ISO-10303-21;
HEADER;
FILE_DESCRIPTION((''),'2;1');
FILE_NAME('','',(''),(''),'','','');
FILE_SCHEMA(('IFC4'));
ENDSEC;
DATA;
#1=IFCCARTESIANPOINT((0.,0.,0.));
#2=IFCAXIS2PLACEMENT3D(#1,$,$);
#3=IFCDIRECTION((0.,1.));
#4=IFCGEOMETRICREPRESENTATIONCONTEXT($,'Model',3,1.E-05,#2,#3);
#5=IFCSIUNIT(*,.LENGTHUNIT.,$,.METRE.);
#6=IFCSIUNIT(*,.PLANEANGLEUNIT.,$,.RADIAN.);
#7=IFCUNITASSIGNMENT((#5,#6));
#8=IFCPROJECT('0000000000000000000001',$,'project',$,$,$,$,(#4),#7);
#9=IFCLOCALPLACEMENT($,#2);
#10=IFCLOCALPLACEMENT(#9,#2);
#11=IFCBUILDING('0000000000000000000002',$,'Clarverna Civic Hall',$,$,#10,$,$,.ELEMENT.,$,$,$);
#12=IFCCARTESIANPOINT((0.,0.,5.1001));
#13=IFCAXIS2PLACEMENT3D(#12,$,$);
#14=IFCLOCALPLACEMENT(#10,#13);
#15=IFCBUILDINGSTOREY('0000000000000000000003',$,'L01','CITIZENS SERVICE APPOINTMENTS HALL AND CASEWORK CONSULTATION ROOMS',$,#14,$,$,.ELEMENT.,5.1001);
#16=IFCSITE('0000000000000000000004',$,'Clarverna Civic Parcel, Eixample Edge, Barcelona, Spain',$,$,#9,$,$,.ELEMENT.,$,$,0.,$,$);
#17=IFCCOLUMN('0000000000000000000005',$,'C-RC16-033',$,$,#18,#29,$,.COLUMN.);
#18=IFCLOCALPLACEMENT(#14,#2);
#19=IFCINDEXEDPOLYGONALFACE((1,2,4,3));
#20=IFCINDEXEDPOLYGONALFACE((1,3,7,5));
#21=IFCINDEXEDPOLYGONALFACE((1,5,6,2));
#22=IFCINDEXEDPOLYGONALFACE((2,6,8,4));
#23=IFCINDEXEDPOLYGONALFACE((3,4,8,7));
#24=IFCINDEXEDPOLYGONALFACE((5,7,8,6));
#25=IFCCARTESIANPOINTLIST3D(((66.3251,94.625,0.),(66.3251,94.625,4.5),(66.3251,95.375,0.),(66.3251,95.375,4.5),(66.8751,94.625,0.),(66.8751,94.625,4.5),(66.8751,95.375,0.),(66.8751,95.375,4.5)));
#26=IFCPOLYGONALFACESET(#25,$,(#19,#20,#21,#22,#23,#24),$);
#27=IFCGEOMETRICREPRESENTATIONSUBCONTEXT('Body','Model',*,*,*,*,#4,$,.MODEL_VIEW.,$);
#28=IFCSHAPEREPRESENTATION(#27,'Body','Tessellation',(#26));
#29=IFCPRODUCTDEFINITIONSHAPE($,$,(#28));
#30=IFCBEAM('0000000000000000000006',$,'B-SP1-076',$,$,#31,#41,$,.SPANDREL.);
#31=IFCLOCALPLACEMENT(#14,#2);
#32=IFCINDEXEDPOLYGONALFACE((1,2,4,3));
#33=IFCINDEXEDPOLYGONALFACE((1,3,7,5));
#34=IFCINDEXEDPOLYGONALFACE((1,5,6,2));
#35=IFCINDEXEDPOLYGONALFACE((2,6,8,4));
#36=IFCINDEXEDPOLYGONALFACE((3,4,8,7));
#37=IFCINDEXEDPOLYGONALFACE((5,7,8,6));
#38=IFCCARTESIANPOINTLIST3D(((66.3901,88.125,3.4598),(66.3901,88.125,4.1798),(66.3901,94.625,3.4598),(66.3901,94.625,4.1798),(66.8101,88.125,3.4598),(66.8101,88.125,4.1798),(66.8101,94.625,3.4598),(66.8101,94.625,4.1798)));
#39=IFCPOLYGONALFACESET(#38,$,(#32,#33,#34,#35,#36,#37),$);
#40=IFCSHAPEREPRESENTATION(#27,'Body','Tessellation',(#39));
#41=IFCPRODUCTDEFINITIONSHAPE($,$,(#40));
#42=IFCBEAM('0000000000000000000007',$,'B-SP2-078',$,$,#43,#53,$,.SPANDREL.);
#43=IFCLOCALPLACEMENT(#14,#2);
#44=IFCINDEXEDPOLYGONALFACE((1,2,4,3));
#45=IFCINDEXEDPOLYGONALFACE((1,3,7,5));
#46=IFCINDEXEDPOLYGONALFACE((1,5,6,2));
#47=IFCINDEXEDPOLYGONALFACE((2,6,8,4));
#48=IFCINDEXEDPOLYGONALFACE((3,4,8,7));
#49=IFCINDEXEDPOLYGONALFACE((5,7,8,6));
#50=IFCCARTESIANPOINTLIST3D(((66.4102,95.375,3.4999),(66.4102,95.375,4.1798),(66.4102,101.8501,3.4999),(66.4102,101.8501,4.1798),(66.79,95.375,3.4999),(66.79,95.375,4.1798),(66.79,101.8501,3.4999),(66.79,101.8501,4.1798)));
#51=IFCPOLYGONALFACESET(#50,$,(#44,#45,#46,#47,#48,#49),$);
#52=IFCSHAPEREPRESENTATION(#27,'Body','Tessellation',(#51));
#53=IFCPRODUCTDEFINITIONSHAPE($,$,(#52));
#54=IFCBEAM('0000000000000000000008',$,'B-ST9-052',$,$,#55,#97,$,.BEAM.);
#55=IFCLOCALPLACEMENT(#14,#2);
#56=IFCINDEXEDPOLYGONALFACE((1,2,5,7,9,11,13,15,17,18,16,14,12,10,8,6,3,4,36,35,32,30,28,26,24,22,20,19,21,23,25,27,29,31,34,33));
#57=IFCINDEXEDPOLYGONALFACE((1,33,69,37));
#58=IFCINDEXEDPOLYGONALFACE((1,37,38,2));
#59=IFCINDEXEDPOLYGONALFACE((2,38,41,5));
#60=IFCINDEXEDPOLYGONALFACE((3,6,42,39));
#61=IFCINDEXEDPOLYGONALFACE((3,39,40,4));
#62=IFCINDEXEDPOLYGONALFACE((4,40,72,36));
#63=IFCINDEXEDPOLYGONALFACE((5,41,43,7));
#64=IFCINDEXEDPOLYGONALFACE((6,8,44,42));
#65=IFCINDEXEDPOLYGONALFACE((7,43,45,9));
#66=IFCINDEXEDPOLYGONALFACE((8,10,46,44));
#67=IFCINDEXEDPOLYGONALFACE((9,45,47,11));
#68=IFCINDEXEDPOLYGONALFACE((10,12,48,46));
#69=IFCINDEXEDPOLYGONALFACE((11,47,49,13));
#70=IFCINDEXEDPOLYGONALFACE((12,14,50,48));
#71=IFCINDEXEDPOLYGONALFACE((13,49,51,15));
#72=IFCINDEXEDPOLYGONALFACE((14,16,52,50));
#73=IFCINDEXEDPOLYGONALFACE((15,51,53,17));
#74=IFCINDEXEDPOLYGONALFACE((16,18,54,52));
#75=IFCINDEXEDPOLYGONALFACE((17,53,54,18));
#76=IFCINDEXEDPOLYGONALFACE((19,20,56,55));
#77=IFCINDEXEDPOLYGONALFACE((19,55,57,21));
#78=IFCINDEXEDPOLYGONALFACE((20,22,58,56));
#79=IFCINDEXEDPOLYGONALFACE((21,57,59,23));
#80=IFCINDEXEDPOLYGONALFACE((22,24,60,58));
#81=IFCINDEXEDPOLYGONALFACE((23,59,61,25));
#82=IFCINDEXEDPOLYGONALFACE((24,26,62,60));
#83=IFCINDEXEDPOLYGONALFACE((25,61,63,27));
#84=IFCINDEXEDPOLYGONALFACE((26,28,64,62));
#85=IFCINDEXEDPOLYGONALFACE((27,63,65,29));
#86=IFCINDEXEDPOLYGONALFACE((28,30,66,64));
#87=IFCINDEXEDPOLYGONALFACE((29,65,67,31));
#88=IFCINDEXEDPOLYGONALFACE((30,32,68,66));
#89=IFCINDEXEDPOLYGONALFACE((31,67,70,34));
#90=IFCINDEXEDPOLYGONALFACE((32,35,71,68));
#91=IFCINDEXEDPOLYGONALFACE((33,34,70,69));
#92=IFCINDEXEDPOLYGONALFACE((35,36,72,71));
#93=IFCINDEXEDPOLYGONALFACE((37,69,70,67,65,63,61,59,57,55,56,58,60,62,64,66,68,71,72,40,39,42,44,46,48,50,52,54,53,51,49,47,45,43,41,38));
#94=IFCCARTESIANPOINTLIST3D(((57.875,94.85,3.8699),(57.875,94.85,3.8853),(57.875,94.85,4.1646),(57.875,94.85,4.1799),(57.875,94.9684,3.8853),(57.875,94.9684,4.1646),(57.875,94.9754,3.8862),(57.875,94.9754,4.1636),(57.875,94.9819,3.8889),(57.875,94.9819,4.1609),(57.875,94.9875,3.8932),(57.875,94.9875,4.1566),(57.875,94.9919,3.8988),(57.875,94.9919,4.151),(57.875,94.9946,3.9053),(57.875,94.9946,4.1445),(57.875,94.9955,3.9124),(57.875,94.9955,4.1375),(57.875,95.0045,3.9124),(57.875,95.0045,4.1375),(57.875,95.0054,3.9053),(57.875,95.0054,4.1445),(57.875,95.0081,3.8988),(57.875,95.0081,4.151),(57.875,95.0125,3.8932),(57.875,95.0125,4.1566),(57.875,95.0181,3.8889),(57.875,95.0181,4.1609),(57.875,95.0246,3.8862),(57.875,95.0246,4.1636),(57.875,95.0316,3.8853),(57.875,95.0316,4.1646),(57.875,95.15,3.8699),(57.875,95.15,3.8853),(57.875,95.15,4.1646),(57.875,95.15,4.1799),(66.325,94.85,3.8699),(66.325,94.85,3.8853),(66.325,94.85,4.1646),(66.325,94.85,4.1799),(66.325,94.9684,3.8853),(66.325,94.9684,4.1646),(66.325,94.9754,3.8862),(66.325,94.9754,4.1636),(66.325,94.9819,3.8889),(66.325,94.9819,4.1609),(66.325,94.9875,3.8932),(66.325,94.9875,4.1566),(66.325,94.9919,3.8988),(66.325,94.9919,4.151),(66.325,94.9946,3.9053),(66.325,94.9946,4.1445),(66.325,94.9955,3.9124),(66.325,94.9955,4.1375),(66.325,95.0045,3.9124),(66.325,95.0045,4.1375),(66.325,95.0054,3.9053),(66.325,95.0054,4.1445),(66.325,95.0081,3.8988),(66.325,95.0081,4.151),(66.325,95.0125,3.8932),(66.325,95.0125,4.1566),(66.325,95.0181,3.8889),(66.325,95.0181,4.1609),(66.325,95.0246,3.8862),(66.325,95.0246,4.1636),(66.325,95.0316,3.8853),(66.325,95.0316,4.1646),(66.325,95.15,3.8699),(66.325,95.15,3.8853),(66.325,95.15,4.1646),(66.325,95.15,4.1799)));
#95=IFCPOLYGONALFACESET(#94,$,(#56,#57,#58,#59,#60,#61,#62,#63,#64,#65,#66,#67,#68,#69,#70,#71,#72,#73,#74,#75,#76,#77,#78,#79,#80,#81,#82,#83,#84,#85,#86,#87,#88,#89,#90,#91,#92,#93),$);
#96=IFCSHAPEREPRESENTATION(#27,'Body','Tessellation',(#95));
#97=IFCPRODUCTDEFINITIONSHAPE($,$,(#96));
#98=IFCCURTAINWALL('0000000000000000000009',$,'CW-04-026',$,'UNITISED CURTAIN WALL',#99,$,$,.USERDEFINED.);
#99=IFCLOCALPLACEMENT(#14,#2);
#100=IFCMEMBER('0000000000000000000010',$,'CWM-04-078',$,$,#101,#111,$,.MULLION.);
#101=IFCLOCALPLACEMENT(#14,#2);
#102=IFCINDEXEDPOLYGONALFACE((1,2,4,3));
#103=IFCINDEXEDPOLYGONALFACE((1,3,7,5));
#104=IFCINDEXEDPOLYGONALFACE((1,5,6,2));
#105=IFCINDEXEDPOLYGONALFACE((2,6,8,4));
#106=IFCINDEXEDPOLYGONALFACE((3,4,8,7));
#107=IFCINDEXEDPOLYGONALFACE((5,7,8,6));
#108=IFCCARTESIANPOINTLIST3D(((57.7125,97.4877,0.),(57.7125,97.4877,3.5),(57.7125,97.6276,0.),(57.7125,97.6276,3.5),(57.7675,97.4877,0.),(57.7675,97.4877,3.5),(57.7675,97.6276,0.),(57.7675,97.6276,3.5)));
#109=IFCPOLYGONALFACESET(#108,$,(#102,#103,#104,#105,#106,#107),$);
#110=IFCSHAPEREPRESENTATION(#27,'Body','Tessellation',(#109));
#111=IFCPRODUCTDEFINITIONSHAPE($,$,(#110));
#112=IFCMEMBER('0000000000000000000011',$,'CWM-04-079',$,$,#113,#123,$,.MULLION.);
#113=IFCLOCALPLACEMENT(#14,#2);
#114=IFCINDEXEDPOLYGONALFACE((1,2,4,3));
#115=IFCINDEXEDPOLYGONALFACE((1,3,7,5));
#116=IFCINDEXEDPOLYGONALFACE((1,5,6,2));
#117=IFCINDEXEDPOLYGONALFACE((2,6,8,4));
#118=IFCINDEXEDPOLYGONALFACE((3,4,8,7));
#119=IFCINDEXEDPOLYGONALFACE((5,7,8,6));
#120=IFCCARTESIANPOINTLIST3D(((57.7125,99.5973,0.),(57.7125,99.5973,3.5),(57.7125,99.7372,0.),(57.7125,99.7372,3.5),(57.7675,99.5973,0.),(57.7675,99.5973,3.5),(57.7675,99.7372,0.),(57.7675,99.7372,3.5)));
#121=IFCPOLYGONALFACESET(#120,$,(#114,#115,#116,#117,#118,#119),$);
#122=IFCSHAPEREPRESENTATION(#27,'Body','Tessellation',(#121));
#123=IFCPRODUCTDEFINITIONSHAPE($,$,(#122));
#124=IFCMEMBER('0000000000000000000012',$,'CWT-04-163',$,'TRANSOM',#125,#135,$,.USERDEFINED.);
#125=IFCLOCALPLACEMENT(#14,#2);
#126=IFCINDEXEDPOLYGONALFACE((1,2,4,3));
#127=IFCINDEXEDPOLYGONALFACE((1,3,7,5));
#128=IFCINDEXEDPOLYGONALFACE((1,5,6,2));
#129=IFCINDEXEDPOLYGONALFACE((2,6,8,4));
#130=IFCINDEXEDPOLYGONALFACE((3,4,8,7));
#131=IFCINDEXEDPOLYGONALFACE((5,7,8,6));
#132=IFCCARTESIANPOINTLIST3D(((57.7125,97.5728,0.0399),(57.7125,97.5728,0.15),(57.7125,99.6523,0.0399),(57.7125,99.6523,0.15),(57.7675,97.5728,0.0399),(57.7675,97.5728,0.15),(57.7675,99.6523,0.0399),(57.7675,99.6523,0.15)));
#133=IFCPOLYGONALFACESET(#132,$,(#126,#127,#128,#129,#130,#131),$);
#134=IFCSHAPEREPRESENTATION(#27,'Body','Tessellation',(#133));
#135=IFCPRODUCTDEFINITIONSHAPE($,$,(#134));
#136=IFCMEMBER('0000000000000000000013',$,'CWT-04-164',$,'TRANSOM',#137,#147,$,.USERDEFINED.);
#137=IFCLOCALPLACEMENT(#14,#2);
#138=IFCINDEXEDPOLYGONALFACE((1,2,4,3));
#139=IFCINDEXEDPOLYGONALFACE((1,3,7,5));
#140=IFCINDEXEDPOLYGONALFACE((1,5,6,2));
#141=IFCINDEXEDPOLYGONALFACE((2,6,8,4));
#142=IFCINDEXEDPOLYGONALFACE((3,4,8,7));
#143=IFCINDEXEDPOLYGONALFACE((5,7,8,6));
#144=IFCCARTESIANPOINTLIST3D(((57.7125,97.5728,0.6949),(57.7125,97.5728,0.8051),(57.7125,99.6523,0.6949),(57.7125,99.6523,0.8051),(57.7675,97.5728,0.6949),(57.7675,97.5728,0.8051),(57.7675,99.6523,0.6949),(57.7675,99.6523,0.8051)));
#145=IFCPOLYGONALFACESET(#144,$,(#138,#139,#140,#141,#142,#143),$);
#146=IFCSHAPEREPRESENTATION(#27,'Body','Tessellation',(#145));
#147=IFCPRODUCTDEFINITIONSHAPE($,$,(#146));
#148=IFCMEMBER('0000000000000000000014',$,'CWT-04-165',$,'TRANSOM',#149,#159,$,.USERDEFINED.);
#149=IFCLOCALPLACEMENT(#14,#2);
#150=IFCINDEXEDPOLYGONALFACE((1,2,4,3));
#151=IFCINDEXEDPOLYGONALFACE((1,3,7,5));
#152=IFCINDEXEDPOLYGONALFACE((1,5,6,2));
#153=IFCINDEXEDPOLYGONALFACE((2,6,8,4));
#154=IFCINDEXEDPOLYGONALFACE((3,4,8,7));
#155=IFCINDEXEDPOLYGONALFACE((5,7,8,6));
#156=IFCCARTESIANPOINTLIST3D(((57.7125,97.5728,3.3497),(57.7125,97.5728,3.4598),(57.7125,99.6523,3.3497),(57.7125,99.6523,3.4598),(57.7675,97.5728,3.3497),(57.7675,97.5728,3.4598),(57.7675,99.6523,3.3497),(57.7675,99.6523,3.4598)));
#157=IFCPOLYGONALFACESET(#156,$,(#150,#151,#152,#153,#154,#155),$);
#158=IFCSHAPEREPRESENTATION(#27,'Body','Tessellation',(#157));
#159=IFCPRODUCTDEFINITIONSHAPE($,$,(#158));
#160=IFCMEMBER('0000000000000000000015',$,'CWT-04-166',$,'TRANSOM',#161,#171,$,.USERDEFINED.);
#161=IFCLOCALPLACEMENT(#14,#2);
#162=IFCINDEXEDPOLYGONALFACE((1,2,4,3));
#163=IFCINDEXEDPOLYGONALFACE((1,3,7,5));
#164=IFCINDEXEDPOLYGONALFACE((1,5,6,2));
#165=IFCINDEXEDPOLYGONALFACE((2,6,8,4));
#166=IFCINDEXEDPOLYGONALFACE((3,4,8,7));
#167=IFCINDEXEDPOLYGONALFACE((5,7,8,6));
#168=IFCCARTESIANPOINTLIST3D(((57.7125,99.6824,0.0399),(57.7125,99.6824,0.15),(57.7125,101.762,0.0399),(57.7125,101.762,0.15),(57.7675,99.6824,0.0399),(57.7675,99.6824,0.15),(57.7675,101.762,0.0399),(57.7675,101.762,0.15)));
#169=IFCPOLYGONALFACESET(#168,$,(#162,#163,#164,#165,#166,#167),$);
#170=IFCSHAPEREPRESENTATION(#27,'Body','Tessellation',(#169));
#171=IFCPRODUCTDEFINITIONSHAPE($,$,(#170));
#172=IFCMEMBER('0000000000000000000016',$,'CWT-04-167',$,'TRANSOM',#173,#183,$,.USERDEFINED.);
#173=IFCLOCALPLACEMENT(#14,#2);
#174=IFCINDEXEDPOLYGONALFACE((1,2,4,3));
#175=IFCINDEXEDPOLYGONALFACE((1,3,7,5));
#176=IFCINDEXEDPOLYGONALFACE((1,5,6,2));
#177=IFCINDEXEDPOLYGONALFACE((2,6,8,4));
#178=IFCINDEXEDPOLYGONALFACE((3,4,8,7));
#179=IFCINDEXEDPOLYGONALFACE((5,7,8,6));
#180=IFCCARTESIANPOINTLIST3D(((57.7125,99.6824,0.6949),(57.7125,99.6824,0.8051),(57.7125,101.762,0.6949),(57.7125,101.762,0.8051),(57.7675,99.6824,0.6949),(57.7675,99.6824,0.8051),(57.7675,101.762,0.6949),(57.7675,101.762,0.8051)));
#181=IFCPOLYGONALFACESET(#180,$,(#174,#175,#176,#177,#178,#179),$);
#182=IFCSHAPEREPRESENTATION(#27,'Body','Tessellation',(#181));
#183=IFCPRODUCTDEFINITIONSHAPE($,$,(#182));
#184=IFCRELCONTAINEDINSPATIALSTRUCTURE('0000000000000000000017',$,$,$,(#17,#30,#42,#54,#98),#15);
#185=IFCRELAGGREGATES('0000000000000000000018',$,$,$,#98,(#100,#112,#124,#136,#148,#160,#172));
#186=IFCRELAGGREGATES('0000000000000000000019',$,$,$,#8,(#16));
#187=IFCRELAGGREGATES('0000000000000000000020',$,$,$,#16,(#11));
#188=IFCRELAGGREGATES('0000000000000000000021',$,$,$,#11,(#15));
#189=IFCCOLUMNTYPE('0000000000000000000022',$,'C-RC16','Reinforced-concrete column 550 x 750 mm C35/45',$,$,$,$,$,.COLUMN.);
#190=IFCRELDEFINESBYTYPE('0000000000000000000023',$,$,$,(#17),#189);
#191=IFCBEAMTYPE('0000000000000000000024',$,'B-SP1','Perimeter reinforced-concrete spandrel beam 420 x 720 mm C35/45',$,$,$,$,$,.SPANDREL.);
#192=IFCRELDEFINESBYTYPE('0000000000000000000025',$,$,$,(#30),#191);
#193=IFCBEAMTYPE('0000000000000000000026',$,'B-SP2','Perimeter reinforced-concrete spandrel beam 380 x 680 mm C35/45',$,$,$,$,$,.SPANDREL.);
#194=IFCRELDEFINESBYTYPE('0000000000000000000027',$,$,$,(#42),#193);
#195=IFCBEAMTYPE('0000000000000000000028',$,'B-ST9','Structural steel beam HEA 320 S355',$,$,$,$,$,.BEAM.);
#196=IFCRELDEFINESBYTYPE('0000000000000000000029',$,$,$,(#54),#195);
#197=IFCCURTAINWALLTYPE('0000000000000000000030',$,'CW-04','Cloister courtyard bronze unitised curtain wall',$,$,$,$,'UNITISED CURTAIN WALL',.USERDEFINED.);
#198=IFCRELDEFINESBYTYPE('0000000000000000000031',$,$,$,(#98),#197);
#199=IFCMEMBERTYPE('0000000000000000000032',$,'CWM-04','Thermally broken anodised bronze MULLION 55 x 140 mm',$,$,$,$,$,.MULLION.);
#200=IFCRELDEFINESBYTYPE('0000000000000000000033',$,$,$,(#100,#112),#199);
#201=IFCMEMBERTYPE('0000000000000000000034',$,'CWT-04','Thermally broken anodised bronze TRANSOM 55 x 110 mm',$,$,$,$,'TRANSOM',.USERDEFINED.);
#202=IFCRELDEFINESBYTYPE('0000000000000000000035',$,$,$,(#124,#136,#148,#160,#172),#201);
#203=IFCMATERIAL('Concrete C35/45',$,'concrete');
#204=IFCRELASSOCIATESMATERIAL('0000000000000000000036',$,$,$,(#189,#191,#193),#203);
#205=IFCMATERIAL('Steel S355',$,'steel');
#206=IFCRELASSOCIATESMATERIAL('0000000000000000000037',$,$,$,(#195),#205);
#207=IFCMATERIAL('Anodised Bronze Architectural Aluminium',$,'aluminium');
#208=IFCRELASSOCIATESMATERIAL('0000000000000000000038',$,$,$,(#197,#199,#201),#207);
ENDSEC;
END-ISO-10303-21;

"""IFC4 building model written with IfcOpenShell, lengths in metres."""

from ifc_helpers import new_model, si_unit, direction, frame, origin, origin_2d, place, context, subcontext, project, spatial, rectangle, i_section, extrude, material, material_profile, profile_set, type_object, element, aggregate, save


model = new_model("IFC4")

# Units and contexts
model_context = context("Model", 3, precision=1e-05, world=origin(), true_north=direction((0.0, 1.0)))
body_context = subcontext(model_context, "Body", "Model", "MODEL_VIEW")
ifc_project = project(units=[si_unit("LENGTHUNIT", "METRE"), si_unit("PLANEANGLEUNIT", "RADIAN")], contexts=[model_context])

# Site, building, storey
site_placement = place(None, origin())
site = spatial("IfcSite", under=ifc_project, at=site_placement, Name="Clarverna Civic Parcel, Eixample Edge, Barcelona, Spain", CompositionType="ELEMENT", RefElevation=0.0)
building_placement = place(site_placement, origin())
building = spatial("IfcBuilding", under=site, at=building_placement, Name="Clarverna Civic Hall", CompositionType="ELEMENT")
storey_placement = place(building_placement, frame((0.0, 0.0, 5.1001)))
storey = spatial("IfcBuildingStorey", under=building, at=storey_placement, Name="L01", Description="CITIZENS SERVICE APPOINTMENTS HALL AND CASEWORK CONSULTATION ROOMS", CompositionType="ELEMENT", Elevation=5.1001)

# Column
ifc_material_1 = material(Name="Concrete C35/45", Category="concrete")
ifc_material_profile_1 = material_profile(ifc_material_1, rectangle(XDim=0.55, YDim=0.75, at=origin_2d()), Name="RC 550x750")
ifc_profile_set_1 = profile_set([ifc_material_profile_1], Name="Concrete C35/45")
column_type = type_object("IfcColumnType", Name="C-RC16", Description="Reinforced-concrete column 550 x 750 mm C35/45", PredefinedType="COLUMN", material=ifc_profile_set_1)
column_placement = place(storey_placement, frame((66.6001, 95.0, 0.0), z_axis=(0.0, 0.0, 1.0), x_axis=(1.0, 0.0, 0.0)))
element("IfcColumn", 1, at=column_placement, inside=storey, type_object=column_type, Name="C-RC16-033", PredefinedType="COLUMN", context=body_context, shape_type="SweptSolid", body=[
    extrude(rectangle(XDim=0.55, YDim=0.75, at=origin_2d()), origin(), (0.0, 0.0, 1.0), 4.5),
])

# Beams
ifc_material_profile_2 = material_profile(ifc_material_1, rectangle(XDim=0.4199, YDim=0.72, at=origin_2d()), Name="RC 420x720")
ifc_profile_set_2 = profile_set([ifc_material_profile_2], Name="Concrete C35/45")
beam_type_1 = type_object("IfcBeamType", Name="B-SP1", Description="Perimeter reinforced-concrete spandrel beam 420 x 720 mm C35/45", PredefinedType="SPANDREL", material=ifc_profile_set_2)
beam_1_placement = place(storey_placement, frame((66.6001, 88.125, 3.8198), z_axis=(0.0, 1.0, 0.0), x_axis=(-1.0, 0.0, 0.0)))
element("IfcBeam", 2, at=beam_1_placement, inside=storey, type_object=beam_type_1, Name="B-SP1-076", PredefinedType="SPANDREL", context=body_context, shape_type="SweptSolid", body=[
    extrude(rectangle(XDim=0.4199, YDim=0.72, at=origin_2d()), origin(), (0.0, 0.0, 1.0), 6.5),
])
ifc_material_profile_3 = material_profile(ifc_material_1, rectangle(XDim=0.3799, YDim=0.6799, at=origin_2d()), Name="RC 380x680")
ifc_profile_set_3 = profile_set([ifc_material_profile_3], Name="Concrete C35/45")
beam_type_2 = type_object("IfcBeamType", Name="B-SP2", Description="Perimeter reinforced-concrete spandrel beam 380 x 680 mm C35/45", PredefinedType="SPANDREL", material=ifc_profile_set_3)
beam_2_placement = place(storey_placement, frame((66.6001, 95.375, 3.8398), z_axis=(0.0, 1.0, 0.0), x_axis=(-1.0, 0.0, 0.0)))
element("IfcBeam", 3, at=beam_2_placement, inside=storey, type_object=beam_type_2, Name="B-SP2-078", PredefinedType="SPANDREL", context=body_context, shape_type="SweptSolid", body=[
    extrude(rectangle(XDim=0.3799, YDim=0.6799, at=origin_2d()), origin(), (0.0, 0.0, 1.0), 6.4751),
])
ifc_material_2 = material(Name="Steel S355", Category="steel")
ifc_material_profile_4 = material_profile(ifc_material_2, i_section(OverallWidth=0.3, OverallDepth=0.3101, WebThickness=0.009, FlangeThickness=0.0154, FilletRadius=0.0271, at=origin_2d()), Name="HEA 320")
ifc_profile_set_4 = profile_set([ifc_material_profile_4], Name="Steel S355")
beam_type_3 = type_object("IfcBeamType", Name="B-ST9", Description="Structural steel beam HEA 320 S355", PredefinedType="BEAM", material=ifc_profile_set_4)
beam_3_placement = place(storey_placement, frame((57.875, 95.0, 4.0249), z_axis=(1.0, 0.0, 0.0), x_axis=(0.0, 1.0, 0.0)))
element("IfcBeam", 4, at=beam_3_placement, inside=storey, type_object=beam_type_3, Name="B-ST9-052", PredefinedType="BEAM", context=body_context, shape_type="SweptSolid", body=[
    extrude(i_section(OverallWidth=0.3, OverallDepth=0.3101, WebThickness=0.009, FlangeThickness=0.0154, FilletRadius=0.0271, at=origin_2d()), origin(), (0.0, 0.0, 1.0), 8.45),
])

# Curtain wall, members
ifc_material_3 = material(Name="Anodised Bronze Architectural Aluminium", Category="aluminium")
curtain_wall_type = type_object("IfcCurtainWallType", Name="CW-04", Description="Cloister courtyard bronze unitised curtain wall", ElementType="UNITISED CURTAIN WALL", PredefinedType="USERDEFINED", material=ifc_material_3)
curtain_wall_placement = place(storey_placement, origin())
curtain_wall = element("IfcCurtainWall", 5, at=curtain_wall_placement, inside=storey, type_object=curtain_wall_type, Name="CW-04-026", ObjectType="UNITISED CURTAIN WALL", PredefinedType="USERDEFINED")
ifc_material_profile_5 = material_profile(ifc_material_3, rectangle(XDim=0.0549, YDim=0.1399, at=origin_2d()), Name="BRONZE 55x140")
ifc_profile_set_5 = profile_set([ifc_material_profile_5], Name="Anodised Bronze Architectural Aluminium")
member_type_1 = type_object("IfcMemberType", Name="CWM-04", Description="Thermally broken anodised bronze MULLION 55 x 140 mm", PredefinedType="MULLION", material=ifc_profile_set_5)
member_1_placement = place(storey_placement, frame((57.74, 97.5576, 0.0), z_axis=(0.0, 0.0, 1.0), x_axis=(1.0, 0.0, 0.0)))
member_1 = element("IfcMember", 6, at=member_1_placement, type_object=member_type_1, Name="CWM-04-078", PredefinedType="MULLION", context=body_context, shape_type="SweptSolid", body=[
    extrude(rectangle(XDim=0.0549, YDim=0.1399, at=origin_2d()), origin(), (0.0, 0.0, 1.0), 3.5),
])
member_2_placement = place(storey_placement, frame((57.74, 99.6672, 0.0), z_axis=(0.0, 0.0, 1.0), x_axis=(1.0, 0.0, 0.0)))
member_2 = element("IfcMember", 7, at=member_2_placement, type_object=member_type_1, Name="CWM-04-079", PredefinedType="MULLION", context=body_context, shape_type="SweptSolid", body=[
    extrude(rectangle(XDim=0.0549, YDim=0.1399, at=origin_2d()), origin(), (0.0, 0.0, 1.0), 3.5),
])
ifc_material_profile_6 = material_profile(ifc_material_3, rectangle(XDim=0.0549, YDim=0.1101, at=origin_2d()), Name="BRONZE 55x110")
ifc_profile_set_6 = profile_set([ifc_material_profile_6], Name="Anodised Bronze Architectural Aluminium")
member_type_2 = type_object("IfcMemberType", Name="CWT-04", Description="Thermally broken anodised bronze TRANSOM 55 x 110 mm", ElementType="TRANSOM", PredefinedType="USERDEFINED", material=ifc_profile_set_6)
member_3_placement = place(storey_placement, frame((57.74, 97.5728, 0.095), z_axis=(0.0, 1.0, 0.0), x_axis=(-1.0, 0.0, 0.0)))
member_3 = element("IfcMember", 8, at=member_3_placement, type_object=member_type_2, Name="CWT-04-163", ObjectType="TRANSOM", PredefinedType="USERDEFINED", context=body_context, shape_type="SweptSolid", body=[
    extrude(rectangle(XDim=0.0549, YDim=0.1101, at=origin_2d()), origin(), (0.0, 0.0, 1.0), 2.0796),
])
member_4_placement = place(storey_placement, frame((57.74, 97.5728, 0.75), z_axis=(0.0, 1.0, 0.0), x_axis=(-1.0, 0.0, 0.0)))
member_4 = element("IfcMember", 9, at=member_4_placement, type_object=member_type_2, Name="CWT-04-164", ObjectType="TRANSOM", PredefinedType="USERDEFINED", context=body_context, shape_type="SweptSolid", body=[
    extrude(rectangle(XDim=0.0549, YDim=0.1101, at=origin_2d()), origin(), (0.0, 0.0, 1.0), 2.0796),
])
member_5_placement = place(storey_placement, frame((57.74, 97.5728, 3.4048), z_axis=(0.0, 1.0, 0.0), x_axis=(-1.0, 0.0, 0.0)))
member_5 = element("IfcMember", 10, at=member_5_placement, type_object=member_type_2, Name="CWT-04-165", ObjectType="TRANSOM", PredefinedType="USERDEFINED", context=body_context, shape_type="SweptSolid", body=[
    extrude(rectangle(XDim=0.0549, YDim=0.1101, at=origin_2d()), origin(), (0.0, 0.0, 1.0), 2.0796),
])
member_6_placement = place(storey_placement, frame((57.74, 99.6824, 0.095), z_axis=(0.0, 1.0, 0.0), x_axis=(-1.0, 0.0, 0.0)))
member_6 = element("IfcMember", 11, at=member_6_placement, type_object=member_type_2, Name="CWT-04-166", ObjectType="TRANSOM", PredefinedType="USERDEFINED", context=body_context, shape_type="SweptSolid", body=[
    extrude(rectangle(XDim=0.0549, YDim=0.1101, at=origin_2d()), origin(), (0.0, 0.0, 1.0), 2.0796),
])
member_7_placement = place(storey_placement, frame((57.74, 99.6824, 0.75), z_axis=(0.0, 1.0, 0.0), x_axis=(-1.0, 0.0, 0.0)))
member_7 = element("IfcMember", 12, at=member_7_placement, type_object=member_type_2, Name="CWT-04-167", ObjectType="TRANSOM", PredefinedType="USERDEFINED", context=body_context, shape_type="SweptSolid", body=[
    extrude(rectangle(XDim=0.0549, YDim=0.1101, at=origin_2d()), origin(), (0.0, 0.0, 1.0), 2.0796),
])
aggregate(curtain_wall, [member_1, member_2, member_3, member_4, member_5, member_6, member_7])

save(model, "model.ifc")
